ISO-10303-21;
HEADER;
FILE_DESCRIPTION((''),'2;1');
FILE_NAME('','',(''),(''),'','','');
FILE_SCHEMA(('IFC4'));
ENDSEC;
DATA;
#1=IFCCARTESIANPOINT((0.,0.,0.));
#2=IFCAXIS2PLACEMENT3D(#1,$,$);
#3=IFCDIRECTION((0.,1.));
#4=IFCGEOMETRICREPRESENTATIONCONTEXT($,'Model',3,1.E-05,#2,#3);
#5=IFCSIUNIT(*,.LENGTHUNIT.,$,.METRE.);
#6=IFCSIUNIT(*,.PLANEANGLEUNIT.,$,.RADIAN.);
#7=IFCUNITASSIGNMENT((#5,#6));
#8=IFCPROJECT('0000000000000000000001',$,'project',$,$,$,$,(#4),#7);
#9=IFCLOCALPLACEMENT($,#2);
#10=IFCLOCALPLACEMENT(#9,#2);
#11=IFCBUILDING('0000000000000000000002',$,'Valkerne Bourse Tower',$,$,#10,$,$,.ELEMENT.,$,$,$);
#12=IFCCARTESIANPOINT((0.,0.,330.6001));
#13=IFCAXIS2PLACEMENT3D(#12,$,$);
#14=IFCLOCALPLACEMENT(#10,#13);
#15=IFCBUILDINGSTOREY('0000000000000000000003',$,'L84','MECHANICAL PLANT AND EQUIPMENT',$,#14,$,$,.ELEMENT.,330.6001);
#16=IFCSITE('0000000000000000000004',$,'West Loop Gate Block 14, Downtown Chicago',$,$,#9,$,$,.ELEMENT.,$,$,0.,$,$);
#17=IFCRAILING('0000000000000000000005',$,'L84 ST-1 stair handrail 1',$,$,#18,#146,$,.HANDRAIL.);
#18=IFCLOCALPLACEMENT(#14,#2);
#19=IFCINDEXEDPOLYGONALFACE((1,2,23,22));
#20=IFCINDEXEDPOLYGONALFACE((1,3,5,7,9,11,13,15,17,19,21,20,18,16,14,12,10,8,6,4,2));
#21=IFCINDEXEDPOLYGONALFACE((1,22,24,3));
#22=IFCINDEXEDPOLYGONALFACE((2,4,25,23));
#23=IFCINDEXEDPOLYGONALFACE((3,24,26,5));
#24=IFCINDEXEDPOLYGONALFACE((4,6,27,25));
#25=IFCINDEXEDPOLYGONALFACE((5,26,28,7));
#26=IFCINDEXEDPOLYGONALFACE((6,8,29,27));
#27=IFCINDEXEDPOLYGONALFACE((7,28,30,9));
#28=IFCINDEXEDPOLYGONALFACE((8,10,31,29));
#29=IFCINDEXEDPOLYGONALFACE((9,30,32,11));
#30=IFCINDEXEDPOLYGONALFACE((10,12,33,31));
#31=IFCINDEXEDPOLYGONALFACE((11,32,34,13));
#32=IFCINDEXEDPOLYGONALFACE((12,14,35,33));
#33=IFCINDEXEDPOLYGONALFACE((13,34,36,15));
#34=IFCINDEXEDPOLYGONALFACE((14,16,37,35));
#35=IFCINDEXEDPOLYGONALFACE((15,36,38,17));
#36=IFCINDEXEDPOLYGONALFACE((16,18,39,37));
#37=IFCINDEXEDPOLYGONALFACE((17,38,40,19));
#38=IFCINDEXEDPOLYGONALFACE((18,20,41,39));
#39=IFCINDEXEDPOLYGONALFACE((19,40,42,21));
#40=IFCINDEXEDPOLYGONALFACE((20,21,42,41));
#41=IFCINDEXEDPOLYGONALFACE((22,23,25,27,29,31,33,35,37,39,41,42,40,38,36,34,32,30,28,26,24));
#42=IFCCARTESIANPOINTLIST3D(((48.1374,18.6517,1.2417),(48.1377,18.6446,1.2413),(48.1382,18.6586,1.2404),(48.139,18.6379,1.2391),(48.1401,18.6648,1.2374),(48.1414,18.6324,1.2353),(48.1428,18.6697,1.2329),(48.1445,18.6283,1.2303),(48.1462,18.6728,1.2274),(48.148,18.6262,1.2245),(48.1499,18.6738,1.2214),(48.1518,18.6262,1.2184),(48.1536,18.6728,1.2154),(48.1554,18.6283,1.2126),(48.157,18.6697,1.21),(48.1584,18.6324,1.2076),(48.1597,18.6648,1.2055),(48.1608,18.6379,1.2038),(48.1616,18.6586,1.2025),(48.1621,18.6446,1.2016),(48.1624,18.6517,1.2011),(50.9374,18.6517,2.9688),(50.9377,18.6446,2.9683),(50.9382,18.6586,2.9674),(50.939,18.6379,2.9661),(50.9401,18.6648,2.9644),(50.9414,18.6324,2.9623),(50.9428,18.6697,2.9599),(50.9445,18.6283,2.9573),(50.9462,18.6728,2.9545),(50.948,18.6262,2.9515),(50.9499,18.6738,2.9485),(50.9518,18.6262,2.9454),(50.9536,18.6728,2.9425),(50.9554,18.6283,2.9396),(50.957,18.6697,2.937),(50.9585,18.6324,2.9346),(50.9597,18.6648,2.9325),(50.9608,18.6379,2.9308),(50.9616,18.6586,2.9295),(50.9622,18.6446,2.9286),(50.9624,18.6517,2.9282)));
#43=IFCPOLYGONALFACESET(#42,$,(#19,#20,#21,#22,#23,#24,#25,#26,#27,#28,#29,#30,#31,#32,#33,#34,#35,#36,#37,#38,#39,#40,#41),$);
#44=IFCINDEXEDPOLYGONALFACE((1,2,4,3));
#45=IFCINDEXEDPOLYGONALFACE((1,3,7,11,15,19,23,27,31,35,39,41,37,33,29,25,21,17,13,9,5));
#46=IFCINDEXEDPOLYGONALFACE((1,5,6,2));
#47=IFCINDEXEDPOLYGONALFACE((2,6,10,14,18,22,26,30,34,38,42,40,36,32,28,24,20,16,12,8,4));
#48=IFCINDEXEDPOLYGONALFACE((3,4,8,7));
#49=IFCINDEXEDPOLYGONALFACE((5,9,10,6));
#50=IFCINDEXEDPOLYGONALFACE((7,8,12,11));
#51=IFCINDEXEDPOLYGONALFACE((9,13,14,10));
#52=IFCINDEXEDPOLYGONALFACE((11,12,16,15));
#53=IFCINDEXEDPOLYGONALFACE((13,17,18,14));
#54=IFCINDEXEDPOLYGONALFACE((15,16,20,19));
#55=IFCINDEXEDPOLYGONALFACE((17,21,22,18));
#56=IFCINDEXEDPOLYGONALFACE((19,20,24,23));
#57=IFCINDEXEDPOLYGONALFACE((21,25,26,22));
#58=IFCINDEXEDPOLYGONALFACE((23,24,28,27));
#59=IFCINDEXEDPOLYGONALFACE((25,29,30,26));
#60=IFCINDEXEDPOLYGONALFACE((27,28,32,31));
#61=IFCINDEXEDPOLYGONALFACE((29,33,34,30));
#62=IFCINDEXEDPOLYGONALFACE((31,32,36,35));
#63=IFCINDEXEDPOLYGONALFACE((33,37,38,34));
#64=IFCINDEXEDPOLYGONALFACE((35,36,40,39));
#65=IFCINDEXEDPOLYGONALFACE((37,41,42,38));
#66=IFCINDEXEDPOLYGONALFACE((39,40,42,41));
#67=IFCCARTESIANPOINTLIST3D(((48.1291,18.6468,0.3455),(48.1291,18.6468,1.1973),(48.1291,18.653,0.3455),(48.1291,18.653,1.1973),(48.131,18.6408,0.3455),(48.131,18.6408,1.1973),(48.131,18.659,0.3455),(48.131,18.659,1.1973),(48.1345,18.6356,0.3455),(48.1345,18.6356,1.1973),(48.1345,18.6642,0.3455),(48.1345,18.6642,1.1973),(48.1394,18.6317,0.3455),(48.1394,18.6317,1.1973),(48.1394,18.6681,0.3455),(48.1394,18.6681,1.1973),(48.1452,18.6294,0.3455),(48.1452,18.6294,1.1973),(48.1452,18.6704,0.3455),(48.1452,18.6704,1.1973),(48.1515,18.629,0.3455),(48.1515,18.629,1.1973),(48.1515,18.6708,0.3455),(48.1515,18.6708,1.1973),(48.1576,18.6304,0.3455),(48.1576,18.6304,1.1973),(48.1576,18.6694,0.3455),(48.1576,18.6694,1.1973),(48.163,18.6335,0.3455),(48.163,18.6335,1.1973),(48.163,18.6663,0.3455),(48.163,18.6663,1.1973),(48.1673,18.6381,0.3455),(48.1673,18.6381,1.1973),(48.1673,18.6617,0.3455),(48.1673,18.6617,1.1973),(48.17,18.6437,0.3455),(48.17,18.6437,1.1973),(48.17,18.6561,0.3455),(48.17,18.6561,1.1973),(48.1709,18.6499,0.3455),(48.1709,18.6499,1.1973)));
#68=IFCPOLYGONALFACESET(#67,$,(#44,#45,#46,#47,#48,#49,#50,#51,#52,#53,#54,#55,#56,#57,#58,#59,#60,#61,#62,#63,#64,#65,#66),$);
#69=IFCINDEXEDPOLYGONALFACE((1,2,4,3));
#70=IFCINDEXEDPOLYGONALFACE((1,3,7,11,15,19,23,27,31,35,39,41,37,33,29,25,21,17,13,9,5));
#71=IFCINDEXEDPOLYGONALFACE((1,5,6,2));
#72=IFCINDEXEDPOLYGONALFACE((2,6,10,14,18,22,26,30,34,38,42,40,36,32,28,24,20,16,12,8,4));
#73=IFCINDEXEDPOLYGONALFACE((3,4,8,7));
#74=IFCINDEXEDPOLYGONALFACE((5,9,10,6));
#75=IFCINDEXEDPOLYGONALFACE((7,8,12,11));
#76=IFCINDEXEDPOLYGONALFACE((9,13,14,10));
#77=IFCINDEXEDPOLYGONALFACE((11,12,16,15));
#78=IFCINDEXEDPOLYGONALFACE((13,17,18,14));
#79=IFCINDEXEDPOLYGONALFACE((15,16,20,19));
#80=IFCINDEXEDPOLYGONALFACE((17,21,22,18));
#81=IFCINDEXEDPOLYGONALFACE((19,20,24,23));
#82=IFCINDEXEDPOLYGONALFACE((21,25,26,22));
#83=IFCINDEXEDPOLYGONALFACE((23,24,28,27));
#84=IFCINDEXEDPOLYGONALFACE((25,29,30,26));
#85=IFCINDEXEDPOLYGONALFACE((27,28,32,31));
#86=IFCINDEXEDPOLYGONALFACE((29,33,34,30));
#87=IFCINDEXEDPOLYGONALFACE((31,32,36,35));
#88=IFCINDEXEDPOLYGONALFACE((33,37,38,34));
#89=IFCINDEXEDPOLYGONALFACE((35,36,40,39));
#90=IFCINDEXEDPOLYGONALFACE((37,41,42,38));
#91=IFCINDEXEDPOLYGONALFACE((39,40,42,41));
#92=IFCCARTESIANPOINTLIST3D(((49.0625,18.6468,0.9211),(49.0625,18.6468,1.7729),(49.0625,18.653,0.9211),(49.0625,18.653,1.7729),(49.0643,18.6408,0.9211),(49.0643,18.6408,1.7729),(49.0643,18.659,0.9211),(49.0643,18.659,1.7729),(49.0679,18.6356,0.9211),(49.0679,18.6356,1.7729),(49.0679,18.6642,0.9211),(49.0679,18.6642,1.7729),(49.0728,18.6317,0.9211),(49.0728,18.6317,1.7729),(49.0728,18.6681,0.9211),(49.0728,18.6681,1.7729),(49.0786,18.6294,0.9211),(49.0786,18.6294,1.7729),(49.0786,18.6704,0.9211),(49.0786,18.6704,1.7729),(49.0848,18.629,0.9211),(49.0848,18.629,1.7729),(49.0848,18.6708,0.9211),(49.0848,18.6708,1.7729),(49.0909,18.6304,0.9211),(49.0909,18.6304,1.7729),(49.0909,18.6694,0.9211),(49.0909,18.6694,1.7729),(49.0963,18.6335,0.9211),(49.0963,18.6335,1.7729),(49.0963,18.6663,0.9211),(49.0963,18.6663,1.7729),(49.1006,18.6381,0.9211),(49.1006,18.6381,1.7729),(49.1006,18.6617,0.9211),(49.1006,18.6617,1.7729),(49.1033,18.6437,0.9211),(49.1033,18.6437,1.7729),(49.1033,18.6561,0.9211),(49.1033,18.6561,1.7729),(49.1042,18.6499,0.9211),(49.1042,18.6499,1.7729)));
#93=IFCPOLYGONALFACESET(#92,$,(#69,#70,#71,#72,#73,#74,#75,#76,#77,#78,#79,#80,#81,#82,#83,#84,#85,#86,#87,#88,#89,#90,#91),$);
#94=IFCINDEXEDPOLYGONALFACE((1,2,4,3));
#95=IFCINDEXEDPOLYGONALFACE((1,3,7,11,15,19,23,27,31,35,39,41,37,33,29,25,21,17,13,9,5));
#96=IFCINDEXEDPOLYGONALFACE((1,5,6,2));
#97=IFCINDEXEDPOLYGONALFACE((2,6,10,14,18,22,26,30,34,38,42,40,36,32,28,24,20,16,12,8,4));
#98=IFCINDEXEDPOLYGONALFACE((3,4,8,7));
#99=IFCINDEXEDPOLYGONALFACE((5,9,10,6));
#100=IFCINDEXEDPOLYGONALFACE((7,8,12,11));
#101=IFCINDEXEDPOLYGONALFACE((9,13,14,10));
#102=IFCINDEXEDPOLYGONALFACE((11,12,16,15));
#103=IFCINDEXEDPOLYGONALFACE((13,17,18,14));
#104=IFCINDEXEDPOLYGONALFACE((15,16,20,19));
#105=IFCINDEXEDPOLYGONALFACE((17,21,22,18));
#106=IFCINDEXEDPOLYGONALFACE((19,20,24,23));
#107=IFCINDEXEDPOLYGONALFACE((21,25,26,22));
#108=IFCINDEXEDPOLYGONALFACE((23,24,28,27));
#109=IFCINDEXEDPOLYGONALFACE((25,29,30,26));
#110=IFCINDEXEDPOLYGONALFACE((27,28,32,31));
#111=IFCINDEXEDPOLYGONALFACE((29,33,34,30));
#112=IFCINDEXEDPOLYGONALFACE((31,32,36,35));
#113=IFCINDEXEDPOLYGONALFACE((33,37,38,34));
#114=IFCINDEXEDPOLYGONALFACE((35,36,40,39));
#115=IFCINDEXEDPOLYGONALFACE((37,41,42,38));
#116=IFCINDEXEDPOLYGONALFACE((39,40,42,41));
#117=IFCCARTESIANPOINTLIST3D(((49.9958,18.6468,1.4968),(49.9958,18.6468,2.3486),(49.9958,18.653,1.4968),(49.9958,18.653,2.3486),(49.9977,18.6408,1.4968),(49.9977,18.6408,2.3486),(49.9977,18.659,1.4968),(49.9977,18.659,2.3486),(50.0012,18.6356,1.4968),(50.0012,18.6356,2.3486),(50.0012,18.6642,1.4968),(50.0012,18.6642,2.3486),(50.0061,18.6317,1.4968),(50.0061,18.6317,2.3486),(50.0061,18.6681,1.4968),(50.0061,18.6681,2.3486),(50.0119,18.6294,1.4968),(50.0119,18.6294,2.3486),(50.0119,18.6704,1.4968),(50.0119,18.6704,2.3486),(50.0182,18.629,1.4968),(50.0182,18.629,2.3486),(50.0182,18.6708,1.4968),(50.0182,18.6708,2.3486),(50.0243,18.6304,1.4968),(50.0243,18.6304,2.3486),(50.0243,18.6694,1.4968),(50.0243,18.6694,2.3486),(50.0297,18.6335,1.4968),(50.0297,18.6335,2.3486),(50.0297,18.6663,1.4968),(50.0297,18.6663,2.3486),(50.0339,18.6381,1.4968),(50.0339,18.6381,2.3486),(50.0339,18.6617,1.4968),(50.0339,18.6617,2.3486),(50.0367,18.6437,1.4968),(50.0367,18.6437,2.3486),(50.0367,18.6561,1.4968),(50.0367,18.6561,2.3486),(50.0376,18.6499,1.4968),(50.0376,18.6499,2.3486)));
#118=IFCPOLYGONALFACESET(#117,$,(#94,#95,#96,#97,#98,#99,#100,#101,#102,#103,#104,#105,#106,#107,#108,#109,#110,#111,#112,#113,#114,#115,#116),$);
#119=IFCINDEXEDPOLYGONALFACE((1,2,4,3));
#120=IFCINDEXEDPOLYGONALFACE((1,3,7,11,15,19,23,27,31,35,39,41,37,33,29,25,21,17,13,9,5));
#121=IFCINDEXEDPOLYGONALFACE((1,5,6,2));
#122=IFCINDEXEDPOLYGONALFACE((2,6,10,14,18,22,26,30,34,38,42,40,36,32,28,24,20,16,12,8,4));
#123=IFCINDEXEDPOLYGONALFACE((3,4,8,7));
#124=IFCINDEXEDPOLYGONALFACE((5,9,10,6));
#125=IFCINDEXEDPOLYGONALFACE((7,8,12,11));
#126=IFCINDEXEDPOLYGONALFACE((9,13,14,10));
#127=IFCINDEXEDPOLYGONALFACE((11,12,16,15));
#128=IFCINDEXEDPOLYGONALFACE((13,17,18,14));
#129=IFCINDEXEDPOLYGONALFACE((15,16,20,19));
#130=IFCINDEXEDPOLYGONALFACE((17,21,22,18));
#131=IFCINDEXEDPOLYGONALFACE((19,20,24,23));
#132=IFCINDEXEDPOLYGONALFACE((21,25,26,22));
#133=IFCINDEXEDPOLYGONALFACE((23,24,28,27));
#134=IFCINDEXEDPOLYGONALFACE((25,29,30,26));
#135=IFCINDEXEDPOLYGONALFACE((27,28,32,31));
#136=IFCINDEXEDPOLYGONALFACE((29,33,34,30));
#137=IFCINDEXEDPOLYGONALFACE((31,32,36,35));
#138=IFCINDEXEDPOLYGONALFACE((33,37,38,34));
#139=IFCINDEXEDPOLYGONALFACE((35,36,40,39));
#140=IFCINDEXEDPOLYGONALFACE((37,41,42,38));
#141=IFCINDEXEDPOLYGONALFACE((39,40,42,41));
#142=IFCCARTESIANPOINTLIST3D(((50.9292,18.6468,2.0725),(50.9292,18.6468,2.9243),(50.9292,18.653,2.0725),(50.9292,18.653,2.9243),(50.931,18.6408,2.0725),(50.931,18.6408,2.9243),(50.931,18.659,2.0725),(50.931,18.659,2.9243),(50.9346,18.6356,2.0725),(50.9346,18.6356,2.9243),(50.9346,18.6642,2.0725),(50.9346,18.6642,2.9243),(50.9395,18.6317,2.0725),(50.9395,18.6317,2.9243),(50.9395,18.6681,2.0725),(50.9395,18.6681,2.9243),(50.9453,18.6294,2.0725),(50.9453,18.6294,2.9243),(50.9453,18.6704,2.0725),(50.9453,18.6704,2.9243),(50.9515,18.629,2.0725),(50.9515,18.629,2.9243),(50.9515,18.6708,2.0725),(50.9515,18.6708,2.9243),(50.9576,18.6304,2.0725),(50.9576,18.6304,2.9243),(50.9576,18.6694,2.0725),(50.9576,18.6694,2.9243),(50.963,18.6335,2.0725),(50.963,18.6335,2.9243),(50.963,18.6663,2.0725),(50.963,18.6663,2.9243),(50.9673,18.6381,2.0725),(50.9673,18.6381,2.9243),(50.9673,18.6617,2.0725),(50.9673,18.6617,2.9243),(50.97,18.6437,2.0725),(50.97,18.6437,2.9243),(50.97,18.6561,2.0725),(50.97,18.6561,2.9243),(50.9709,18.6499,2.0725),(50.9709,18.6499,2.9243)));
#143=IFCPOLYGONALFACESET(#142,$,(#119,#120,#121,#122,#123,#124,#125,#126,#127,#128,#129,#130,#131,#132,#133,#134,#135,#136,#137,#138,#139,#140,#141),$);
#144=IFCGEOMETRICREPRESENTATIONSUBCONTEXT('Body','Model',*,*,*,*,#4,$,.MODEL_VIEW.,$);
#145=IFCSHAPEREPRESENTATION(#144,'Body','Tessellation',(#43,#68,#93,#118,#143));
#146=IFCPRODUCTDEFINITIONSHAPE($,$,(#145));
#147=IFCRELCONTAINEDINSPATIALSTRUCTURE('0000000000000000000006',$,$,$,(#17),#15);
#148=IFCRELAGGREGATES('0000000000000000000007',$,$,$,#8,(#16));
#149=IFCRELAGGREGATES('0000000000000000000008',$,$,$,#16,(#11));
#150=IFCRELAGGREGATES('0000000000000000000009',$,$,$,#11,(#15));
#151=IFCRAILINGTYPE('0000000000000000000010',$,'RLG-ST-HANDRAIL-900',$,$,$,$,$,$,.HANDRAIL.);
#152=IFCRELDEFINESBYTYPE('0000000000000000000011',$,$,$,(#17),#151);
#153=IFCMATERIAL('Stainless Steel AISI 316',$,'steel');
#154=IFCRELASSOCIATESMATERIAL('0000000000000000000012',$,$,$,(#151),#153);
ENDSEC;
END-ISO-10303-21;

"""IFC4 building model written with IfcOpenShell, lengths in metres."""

from ifc_helpers import new_model, si_unit, direction, frame, origin, origin_2d, place, context, subcontext, project, spatial, circle, extrude, material, type_object, element, save


model = new_model("IFC4")

# Units and contexts
model_context = context("Model", 3, precision=1e-05, world=origin(), true_north=direction((0.0, 1.0)))
body_context = subcontext(model_context, "Body", "Model", "MODEL_VIEW")
ifc_project = project(units=[si_unit("LENGTHUNIT", "METRE"), si_unit("PLANEANGLEUNIT", "RADIAN")], contexts=[model_context])

# Site, building, storey
site_placement = place(None, origin())
site = spatial("IfcSite", under=ifc_project, at=site_placement, Name="West Loop Gate Block 14, Downtown Chicago", CompositionType="ELEMENT", RefElevation=0.0)
building_placement = place(site_placement, origin())
building = spatial("IfcBuilding", under=site, at=building_placement, Name="Valkerne Bourse Tower", CompositionType="ELEMENT")
storey_placement = place(building_placement, frame((0.0, 0.0, 330.6001)))
storey = spatial("IfcBuildingStorey", under=building, at=storey_placement, Name="L84", Description="MECHANICAL PLANT AND EQUIPMENT", CompositionType="ELEMENT", Elevation=330.6001)

# Railing
ifc_material_1 = material(Name="Stainless Steel AISI 316", Category="steel")
railing_type_1 = type_object("IfcRailingType", Name="RLG-ST-HANDRAIL-900", PredefinedType="HANDRAIL", material=ifc_material_1)
railing_1_placement = place(storey_placement, frame((48.1499, 18.6499, 0.3455)))
element("IfcRailing", 1, at=railing_1_placement, inside=storey, type_object=railing_type_1, Name="L84 ST-1 stair handrail 1", PredefinedType="HANDRAIL", context=body_context, shape_type="SweptSolid", body=[
    extrude(circle(Radius=0.0239, at=origin_2d()), frame((0.0, 0.0, 0.876), z_axis=(0.851123, 0.0, 0.524967), x_axis=(0.0, 1.0, 0.0)), (0.0, 0.0, 1.0), 3.2898),
    extrude(circle(Radius=0.021, at=origin_2d()), origin(), (0.0, 0.0, 1.0), 0.8518),
    extrude(circle(Radius=0.021, at=origin_2d()), frame((0.9333, 0.0, 0.5757)), (0.0, 0.0, 1.0), 0.8518),
    extrude(circle(Radius=0.021, at=origin_2d()), frame((1.8667, 0.0, 1.1514)), (0.0, 0.0, 1.0), 0.8518),
    extrude(circle(Radius=0.021, at=origin_2d()), frame((2.8, 0.0, 1.7271)), (0.0, 0.0, 1.0), 0.8518),
])

save(model, "model.ifc")
